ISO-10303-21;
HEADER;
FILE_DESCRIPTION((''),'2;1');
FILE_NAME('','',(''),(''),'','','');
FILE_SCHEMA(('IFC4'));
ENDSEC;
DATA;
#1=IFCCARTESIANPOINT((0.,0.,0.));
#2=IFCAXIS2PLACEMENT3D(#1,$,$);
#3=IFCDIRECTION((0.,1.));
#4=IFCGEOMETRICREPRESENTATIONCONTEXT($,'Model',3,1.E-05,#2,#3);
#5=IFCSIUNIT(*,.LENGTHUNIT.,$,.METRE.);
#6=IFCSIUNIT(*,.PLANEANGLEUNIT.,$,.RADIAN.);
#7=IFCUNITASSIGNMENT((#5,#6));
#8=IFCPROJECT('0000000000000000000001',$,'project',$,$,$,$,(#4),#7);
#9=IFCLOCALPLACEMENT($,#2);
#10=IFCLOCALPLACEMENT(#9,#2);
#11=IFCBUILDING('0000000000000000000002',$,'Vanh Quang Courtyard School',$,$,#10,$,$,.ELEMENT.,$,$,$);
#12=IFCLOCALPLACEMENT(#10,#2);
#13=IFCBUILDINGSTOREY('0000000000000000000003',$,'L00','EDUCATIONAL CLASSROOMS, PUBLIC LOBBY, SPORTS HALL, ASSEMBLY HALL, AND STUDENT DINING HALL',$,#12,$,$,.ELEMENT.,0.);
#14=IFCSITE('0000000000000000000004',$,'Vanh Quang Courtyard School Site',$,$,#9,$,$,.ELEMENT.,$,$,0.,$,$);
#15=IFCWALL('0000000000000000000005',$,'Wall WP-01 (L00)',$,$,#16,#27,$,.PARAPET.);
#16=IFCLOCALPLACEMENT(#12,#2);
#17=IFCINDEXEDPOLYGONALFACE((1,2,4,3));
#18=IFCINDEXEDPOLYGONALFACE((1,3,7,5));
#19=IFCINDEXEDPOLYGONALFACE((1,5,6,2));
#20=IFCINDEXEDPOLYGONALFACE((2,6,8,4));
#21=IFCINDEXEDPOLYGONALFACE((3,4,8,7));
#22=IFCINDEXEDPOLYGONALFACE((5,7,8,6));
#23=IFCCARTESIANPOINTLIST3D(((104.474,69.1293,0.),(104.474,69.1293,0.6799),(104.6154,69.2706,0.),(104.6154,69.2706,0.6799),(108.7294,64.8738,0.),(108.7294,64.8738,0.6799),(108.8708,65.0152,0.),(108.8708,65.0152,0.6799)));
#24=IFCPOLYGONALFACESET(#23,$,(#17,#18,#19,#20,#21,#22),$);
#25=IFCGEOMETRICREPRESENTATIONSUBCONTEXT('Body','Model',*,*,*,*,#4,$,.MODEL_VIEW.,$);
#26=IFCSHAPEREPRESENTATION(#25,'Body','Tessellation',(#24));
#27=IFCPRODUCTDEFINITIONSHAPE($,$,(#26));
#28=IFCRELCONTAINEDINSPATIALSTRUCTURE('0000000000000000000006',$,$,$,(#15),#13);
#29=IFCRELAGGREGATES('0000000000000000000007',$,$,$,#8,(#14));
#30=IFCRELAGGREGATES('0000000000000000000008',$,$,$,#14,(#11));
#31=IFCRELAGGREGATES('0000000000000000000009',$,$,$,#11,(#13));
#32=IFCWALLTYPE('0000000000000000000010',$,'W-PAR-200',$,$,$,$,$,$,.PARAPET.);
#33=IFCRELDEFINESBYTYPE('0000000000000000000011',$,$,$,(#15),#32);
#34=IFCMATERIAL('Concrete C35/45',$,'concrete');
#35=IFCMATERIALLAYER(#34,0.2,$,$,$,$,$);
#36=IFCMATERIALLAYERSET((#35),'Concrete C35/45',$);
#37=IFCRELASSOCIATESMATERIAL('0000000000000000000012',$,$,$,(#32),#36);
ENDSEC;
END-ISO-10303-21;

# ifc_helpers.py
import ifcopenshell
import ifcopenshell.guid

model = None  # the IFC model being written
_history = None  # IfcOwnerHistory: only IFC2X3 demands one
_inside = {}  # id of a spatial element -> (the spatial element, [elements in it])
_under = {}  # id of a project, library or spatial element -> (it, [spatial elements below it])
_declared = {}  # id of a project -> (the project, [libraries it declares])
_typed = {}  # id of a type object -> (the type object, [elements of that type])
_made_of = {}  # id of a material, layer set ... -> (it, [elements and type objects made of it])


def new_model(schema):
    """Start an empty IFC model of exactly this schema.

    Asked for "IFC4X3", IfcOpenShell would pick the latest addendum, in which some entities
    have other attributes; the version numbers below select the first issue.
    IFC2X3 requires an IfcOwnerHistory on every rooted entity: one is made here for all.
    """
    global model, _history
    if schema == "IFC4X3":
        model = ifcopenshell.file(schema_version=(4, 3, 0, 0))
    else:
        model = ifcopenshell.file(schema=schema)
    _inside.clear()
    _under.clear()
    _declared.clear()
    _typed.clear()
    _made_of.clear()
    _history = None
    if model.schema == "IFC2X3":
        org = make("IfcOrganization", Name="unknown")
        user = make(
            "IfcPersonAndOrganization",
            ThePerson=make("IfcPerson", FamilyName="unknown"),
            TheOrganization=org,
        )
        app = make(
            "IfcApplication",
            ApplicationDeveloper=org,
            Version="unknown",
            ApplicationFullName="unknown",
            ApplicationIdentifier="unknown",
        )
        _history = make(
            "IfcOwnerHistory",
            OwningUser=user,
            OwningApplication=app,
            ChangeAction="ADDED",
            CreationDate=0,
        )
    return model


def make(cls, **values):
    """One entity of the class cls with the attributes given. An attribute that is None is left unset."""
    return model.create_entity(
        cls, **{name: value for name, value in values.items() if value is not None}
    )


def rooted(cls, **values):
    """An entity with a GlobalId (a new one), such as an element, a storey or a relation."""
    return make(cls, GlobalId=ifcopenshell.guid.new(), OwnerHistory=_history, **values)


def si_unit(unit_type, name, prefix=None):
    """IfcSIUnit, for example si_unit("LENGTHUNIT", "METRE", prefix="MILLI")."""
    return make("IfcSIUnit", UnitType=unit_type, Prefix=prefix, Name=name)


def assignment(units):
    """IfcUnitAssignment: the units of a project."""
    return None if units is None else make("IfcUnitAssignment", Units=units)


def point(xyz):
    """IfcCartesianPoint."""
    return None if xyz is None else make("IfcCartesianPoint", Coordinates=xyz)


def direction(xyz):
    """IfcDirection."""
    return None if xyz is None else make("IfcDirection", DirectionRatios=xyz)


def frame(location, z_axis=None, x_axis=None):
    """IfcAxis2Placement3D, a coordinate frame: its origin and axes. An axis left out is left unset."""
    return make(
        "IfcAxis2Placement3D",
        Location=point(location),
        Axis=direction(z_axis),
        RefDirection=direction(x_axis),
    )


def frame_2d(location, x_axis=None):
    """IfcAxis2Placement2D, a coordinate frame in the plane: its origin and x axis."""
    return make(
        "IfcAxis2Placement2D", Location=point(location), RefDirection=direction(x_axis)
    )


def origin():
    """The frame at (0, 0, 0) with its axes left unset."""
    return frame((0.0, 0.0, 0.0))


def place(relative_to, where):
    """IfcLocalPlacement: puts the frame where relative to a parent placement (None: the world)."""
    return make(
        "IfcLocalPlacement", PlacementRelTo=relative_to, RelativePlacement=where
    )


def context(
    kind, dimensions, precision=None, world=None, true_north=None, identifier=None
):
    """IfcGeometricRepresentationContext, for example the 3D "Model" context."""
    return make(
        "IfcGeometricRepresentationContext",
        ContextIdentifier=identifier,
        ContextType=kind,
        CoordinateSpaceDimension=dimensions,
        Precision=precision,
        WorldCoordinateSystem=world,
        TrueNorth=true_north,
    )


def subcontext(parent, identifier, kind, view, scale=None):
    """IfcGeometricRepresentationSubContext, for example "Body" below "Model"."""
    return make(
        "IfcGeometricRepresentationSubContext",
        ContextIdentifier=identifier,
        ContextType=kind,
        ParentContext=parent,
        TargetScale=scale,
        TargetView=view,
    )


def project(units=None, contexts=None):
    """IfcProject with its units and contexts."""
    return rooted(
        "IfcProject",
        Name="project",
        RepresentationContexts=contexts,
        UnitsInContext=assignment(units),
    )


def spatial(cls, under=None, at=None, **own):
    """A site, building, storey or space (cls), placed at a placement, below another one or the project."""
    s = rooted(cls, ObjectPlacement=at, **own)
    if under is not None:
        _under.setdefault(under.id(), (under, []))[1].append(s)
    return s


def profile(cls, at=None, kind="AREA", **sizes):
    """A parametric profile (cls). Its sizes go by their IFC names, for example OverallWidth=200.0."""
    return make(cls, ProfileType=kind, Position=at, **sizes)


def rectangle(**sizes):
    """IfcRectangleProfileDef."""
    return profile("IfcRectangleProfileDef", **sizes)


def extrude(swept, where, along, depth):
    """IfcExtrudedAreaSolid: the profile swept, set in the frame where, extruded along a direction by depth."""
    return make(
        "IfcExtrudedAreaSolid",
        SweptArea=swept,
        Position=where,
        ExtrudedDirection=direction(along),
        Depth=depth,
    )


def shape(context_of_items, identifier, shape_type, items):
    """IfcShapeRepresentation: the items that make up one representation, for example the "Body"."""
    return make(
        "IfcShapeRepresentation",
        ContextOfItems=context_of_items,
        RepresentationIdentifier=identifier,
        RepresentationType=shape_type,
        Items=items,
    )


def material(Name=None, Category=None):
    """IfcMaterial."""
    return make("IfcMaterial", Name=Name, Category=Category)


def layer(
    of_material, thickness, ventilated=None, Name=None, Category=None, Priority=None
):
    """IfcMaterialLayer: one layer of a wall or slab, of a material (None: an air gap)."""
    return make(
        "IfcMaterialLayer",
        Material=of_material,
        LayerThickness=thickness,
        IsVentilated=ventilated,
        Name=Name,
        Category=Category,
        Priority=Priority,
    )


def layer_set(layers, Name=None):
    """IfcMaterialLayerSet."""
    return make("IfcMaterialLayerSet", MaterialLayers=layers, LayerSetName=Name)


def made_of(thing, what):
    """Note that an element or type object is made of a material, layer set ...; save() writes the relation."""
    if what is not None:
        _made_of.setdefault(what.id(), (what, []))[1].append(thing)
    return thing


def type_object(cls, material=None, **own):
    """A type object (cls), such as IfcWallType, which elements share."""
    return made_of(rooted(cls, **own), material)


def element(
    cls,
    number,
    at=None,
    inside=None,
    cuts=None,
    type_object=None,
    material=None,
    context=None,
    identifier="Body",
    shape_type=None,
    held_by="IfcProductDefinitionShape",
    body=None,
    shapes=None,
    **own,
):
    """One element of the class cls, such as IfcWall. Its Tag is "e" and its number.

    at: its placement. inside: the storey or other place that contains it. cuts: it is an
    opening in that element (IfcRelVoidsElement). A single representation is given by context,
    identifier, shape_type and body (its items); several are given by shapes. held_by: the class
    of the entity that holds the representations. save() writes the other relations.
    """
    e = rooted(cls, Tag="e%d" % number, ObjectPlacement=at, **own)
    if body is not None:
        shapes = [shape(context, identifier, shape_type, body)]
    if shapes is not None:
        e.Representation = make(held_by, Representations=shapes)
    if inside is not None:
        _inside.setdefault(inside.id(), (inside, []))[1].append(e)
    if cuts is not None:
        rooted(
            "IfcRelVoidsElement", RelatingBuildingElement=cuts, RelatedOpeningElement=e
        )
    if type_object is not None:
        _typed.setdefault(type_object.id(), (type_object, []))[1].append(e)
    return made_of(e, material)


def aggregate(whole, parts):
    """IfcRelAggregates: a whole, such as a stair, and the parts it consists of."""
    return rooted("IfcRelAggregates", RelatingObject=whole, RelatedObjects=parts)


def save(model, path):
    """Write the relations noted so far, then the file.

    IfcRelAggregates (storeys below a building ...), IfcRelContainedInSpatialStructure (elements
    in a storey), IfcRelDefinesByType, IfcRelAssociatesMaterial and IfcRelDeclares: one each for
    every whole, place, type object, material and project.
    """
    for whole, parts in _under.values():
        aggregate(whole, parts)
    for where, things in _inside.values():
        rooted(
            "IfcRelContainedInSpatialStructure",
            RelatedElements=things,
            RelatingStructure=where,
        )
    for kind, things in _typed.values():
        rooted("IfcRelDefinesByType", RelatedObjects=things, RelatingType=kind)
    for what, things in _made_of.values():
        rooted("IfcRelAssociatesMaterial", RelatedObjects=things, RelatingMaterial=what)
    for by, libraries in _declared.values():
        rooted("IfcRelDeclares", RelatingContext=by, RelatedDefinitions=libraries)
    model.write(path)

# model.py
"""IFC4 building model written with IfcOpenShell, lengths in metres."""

from ifc_helpers import new_model, si_unit, direction, frame, frame_2d, origin, place, context, subcontext, project, spatial, rectangle, extrude, material, layer, layer_set, type_object, element, save


model = new_model("IFC4")

# Units and contexts
model_context = context("Model", 3, precision=1e-05, world=origin(), true_north=direction((0.0, 1.0)))
body_context = subcontext(model_context, "Body", "Model", "MODEL_VIEW")
ifc_project = project(units=[si_unit("LENGTHUNIT", "METRE"), si_unit("PLANEANGLEUNIT", "RADIAN")], contexts=[model_context])

# Site, building, storey
site_placement = place(None, origin())
site = spatial("IfcSite", under=ifc_project, at=site_placement, Name="Vanh Quang Courtyard School Site", CompositionType="ELEMENT", RefElevation=0.0)
building_placement = place(site_placement, origin())
building = spatial("IfcBuilding", under=site, at=building_placement, Name="Vanh Quang Courtyard School", CompositionType="ELEMENT")
storey_placement = place(building_placement, origin())
storey = spatial("IfcBuildingStorey", under=building, at=storey_placement, Name="L00", Description="EDUCATIONAL CLASSROOMS, PUBLIC LOBBY, SPORTS HALL, ASSEMBLY HALL, AND STUDENT DINING HALL", CompositionType="ELEMENT", Elevation=0.0)

# Wall
ifc_material_1 = material(Name="Concrete C35/45", Category="concrete")
ifc_layer_1 = layer(ifc_material_1, 0.2)
ifc_layer_set_1 = layer_set([ifc_layer_1], Name="Concrete C35/45")
wall_type = type_object("IfcWallType", Name="W-PAR-200", PredefinedType="PARAPET", material=ifc_layer_set_1)
wall_1_placement = place(storey_placement, frame((104.5447, 69.2, 0.0), z_axis=(0.0, 0.0, 1.0), x_axis=(0.707107, -0.707107, 0.0)))
element("IfcWall", 1, at=wall_1_placement, inside=storey, type_object=wall_type, Name="Wall WP-01 (L00)", PredefinedType="PARAPET", context=body_context, shape_type="SweptSolid", body=[
    extrude(rectangle(XDim=6.0181, YDim=0.2, at=frame_2d((3.009, 0.0))), origin(), (0.0, 0.0, 1.0), 0.6799),
])

save(model, "model.ifc")
